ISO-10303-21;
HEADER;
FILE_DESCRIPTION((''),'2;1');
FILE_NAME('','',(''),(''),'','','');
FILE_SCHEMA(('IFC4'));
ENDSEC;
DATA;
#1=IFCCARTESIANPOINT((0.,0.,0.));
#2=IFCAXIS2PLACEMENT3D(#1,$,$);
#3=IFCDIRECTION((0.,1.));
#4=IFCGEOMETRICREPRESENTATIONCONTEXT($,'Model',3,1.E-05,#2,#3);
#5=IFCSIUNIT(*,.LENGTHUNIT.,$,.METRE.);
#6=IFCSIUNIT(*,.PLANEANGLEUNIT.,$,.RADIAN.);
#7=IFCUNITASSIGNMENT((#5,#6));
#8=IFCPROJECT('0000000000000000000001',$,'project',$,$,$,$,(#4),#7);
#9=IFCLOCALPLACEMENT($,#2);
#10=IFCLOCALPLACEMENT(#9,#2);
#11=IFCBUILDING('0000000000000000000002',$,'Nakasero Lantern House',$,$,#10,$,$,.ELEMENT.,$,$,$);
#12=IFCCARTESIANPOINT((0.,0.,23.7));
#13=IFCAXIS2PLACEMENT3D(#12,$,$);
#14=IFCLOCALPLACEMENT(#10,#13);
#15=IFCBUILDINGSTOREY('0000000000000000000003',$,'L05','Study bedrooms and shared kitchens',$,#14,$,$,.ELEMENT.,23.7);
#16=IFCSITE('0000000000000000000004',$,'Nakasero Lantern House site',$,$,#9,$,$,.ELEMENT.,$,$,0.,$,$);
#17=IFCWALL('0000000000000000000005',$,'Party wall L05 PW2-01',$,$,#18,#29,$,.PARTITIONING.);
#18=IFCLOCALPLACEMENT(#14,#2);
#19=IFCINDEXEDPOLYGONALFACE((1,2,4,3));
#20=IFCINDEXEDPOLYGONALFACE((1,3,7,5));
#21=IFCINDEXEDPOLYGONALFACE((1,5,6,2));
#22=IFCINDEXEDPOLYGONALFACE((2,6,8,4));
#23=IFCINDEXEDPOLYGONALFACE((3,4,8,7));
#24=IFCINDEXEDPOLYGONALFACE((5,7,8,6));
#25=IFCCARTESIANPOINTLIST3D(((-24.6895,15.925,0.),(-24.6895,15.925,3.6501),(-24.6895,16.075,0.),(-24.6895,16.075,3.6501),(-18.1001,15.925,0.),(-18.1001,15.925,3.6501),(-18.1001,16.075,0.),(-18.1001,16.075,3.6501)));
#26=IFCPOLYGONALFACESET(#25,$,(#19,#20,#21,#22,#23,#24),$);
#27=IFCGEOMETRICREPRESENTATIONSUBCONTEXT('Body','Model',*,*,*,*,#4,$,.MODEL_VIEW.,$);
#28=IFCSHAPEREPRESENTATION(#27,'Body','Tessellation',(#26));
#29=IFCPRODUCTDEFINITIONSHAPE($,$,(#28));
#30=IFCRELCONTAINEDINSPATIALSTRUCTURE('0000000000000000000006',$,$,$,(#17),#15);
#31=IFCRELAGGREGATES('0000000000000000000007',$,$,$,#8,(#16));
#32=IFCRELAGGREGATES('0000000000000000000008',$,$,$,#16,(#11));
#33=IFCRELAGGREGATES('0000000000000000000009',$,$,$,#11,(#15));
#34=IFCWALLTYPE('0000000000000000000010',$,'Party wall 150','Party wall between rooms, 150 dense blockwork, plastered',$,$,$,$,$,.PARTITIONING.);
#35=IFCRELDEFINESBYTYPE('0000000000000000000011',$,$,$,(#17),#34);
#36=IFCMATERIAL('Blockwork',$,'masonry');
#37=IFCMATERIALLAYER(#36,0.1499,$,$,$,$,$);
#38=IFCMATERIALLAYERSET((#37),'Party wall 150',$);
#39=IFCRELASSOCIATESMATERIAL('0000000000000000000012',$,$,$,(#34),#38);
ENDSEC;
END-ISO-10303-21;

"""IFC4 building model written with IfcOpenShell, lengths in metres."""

from ifc_helpers import new_model, si_unit, direction, frame, frame_2d, origin, place, context, subcontext, project, spatial, rectangle, extrude, material, layer, layer_set, type_object, element, save


model = new_model("IFC4")

# Units and contexts
model_context = context("Model", 3, precision=1e-05, world=origin(), true_north=direction((0.0, 1.0)))
body_context = subcontext(model_context, "Body", "Model", "MODEL_VIEW")
ifc_project = project(units=[si_unit("LENGTHUNIT", "METRE"), si_unit("PLANEANGLEUNIT", "RADIAN")], contexts=[model_context])

# Site, building, storey
site_placement = place(None, origin())
site = spatial("IfcSite", under=ifc_project, at=site_placement, Name="Nakasero Lantern House site", CompositionType="ELEMENT", RefElevation=0.0)
building_placement = place(site_placement, origin())
building = spatial("IfcBuilding", under=site, at=building_placement, Name="Nakasero Lantern House", CompositionType="ELEMENT")
storey_placement = place(building_placement, frame((0.0, 0.0, 23.7)))
storey = spatial("IfcBuildingStorey", under=building, at=storey_placement, Name="L05", Description="Study bedrooms and shared kitchens", CompositionType="ELEMENT", Elevation=23.7)

# Wall
ifc_material_1 = material(Name="Blockwork", Category="masonry")
ifc_layer_1 = layer(ifc_material_1, 0.1499)
ifc_layer_set_1 = layer_set([ifc_layer_1], Name="Party wall 150")
wall_type_1 = type_object("IfcWallType", Name="Party wall 150", Description="Party wall between rooms, 150 dense blockwork, plastered", PredefinedType="PARTITIONING", material=ifc_layer_set_1)
wall_1_placement = place(storey_placement, frame((-18.1001, 16.0, 0.0), z_axis=(0.0, 0.0, 1.0), x_axis=(-1.0, 0.0, 0.0)))
element("IfcWall", 1, at=wall_1_placement, inside=storey, type_object=wall_type_1, Name="Party wall L05 PW2-01", PredefinedType="PARTITIONING", context=body_context, shape_type="SweptSolid", body=[
    extrude(rectangle(XDim=6.5894, YDim=0.1499, at=frame_2d((3.2947, 0.0))), origin(), (0.0, 0.0, 1.0), 3.6501),
])

save(model, "model.ifc")
